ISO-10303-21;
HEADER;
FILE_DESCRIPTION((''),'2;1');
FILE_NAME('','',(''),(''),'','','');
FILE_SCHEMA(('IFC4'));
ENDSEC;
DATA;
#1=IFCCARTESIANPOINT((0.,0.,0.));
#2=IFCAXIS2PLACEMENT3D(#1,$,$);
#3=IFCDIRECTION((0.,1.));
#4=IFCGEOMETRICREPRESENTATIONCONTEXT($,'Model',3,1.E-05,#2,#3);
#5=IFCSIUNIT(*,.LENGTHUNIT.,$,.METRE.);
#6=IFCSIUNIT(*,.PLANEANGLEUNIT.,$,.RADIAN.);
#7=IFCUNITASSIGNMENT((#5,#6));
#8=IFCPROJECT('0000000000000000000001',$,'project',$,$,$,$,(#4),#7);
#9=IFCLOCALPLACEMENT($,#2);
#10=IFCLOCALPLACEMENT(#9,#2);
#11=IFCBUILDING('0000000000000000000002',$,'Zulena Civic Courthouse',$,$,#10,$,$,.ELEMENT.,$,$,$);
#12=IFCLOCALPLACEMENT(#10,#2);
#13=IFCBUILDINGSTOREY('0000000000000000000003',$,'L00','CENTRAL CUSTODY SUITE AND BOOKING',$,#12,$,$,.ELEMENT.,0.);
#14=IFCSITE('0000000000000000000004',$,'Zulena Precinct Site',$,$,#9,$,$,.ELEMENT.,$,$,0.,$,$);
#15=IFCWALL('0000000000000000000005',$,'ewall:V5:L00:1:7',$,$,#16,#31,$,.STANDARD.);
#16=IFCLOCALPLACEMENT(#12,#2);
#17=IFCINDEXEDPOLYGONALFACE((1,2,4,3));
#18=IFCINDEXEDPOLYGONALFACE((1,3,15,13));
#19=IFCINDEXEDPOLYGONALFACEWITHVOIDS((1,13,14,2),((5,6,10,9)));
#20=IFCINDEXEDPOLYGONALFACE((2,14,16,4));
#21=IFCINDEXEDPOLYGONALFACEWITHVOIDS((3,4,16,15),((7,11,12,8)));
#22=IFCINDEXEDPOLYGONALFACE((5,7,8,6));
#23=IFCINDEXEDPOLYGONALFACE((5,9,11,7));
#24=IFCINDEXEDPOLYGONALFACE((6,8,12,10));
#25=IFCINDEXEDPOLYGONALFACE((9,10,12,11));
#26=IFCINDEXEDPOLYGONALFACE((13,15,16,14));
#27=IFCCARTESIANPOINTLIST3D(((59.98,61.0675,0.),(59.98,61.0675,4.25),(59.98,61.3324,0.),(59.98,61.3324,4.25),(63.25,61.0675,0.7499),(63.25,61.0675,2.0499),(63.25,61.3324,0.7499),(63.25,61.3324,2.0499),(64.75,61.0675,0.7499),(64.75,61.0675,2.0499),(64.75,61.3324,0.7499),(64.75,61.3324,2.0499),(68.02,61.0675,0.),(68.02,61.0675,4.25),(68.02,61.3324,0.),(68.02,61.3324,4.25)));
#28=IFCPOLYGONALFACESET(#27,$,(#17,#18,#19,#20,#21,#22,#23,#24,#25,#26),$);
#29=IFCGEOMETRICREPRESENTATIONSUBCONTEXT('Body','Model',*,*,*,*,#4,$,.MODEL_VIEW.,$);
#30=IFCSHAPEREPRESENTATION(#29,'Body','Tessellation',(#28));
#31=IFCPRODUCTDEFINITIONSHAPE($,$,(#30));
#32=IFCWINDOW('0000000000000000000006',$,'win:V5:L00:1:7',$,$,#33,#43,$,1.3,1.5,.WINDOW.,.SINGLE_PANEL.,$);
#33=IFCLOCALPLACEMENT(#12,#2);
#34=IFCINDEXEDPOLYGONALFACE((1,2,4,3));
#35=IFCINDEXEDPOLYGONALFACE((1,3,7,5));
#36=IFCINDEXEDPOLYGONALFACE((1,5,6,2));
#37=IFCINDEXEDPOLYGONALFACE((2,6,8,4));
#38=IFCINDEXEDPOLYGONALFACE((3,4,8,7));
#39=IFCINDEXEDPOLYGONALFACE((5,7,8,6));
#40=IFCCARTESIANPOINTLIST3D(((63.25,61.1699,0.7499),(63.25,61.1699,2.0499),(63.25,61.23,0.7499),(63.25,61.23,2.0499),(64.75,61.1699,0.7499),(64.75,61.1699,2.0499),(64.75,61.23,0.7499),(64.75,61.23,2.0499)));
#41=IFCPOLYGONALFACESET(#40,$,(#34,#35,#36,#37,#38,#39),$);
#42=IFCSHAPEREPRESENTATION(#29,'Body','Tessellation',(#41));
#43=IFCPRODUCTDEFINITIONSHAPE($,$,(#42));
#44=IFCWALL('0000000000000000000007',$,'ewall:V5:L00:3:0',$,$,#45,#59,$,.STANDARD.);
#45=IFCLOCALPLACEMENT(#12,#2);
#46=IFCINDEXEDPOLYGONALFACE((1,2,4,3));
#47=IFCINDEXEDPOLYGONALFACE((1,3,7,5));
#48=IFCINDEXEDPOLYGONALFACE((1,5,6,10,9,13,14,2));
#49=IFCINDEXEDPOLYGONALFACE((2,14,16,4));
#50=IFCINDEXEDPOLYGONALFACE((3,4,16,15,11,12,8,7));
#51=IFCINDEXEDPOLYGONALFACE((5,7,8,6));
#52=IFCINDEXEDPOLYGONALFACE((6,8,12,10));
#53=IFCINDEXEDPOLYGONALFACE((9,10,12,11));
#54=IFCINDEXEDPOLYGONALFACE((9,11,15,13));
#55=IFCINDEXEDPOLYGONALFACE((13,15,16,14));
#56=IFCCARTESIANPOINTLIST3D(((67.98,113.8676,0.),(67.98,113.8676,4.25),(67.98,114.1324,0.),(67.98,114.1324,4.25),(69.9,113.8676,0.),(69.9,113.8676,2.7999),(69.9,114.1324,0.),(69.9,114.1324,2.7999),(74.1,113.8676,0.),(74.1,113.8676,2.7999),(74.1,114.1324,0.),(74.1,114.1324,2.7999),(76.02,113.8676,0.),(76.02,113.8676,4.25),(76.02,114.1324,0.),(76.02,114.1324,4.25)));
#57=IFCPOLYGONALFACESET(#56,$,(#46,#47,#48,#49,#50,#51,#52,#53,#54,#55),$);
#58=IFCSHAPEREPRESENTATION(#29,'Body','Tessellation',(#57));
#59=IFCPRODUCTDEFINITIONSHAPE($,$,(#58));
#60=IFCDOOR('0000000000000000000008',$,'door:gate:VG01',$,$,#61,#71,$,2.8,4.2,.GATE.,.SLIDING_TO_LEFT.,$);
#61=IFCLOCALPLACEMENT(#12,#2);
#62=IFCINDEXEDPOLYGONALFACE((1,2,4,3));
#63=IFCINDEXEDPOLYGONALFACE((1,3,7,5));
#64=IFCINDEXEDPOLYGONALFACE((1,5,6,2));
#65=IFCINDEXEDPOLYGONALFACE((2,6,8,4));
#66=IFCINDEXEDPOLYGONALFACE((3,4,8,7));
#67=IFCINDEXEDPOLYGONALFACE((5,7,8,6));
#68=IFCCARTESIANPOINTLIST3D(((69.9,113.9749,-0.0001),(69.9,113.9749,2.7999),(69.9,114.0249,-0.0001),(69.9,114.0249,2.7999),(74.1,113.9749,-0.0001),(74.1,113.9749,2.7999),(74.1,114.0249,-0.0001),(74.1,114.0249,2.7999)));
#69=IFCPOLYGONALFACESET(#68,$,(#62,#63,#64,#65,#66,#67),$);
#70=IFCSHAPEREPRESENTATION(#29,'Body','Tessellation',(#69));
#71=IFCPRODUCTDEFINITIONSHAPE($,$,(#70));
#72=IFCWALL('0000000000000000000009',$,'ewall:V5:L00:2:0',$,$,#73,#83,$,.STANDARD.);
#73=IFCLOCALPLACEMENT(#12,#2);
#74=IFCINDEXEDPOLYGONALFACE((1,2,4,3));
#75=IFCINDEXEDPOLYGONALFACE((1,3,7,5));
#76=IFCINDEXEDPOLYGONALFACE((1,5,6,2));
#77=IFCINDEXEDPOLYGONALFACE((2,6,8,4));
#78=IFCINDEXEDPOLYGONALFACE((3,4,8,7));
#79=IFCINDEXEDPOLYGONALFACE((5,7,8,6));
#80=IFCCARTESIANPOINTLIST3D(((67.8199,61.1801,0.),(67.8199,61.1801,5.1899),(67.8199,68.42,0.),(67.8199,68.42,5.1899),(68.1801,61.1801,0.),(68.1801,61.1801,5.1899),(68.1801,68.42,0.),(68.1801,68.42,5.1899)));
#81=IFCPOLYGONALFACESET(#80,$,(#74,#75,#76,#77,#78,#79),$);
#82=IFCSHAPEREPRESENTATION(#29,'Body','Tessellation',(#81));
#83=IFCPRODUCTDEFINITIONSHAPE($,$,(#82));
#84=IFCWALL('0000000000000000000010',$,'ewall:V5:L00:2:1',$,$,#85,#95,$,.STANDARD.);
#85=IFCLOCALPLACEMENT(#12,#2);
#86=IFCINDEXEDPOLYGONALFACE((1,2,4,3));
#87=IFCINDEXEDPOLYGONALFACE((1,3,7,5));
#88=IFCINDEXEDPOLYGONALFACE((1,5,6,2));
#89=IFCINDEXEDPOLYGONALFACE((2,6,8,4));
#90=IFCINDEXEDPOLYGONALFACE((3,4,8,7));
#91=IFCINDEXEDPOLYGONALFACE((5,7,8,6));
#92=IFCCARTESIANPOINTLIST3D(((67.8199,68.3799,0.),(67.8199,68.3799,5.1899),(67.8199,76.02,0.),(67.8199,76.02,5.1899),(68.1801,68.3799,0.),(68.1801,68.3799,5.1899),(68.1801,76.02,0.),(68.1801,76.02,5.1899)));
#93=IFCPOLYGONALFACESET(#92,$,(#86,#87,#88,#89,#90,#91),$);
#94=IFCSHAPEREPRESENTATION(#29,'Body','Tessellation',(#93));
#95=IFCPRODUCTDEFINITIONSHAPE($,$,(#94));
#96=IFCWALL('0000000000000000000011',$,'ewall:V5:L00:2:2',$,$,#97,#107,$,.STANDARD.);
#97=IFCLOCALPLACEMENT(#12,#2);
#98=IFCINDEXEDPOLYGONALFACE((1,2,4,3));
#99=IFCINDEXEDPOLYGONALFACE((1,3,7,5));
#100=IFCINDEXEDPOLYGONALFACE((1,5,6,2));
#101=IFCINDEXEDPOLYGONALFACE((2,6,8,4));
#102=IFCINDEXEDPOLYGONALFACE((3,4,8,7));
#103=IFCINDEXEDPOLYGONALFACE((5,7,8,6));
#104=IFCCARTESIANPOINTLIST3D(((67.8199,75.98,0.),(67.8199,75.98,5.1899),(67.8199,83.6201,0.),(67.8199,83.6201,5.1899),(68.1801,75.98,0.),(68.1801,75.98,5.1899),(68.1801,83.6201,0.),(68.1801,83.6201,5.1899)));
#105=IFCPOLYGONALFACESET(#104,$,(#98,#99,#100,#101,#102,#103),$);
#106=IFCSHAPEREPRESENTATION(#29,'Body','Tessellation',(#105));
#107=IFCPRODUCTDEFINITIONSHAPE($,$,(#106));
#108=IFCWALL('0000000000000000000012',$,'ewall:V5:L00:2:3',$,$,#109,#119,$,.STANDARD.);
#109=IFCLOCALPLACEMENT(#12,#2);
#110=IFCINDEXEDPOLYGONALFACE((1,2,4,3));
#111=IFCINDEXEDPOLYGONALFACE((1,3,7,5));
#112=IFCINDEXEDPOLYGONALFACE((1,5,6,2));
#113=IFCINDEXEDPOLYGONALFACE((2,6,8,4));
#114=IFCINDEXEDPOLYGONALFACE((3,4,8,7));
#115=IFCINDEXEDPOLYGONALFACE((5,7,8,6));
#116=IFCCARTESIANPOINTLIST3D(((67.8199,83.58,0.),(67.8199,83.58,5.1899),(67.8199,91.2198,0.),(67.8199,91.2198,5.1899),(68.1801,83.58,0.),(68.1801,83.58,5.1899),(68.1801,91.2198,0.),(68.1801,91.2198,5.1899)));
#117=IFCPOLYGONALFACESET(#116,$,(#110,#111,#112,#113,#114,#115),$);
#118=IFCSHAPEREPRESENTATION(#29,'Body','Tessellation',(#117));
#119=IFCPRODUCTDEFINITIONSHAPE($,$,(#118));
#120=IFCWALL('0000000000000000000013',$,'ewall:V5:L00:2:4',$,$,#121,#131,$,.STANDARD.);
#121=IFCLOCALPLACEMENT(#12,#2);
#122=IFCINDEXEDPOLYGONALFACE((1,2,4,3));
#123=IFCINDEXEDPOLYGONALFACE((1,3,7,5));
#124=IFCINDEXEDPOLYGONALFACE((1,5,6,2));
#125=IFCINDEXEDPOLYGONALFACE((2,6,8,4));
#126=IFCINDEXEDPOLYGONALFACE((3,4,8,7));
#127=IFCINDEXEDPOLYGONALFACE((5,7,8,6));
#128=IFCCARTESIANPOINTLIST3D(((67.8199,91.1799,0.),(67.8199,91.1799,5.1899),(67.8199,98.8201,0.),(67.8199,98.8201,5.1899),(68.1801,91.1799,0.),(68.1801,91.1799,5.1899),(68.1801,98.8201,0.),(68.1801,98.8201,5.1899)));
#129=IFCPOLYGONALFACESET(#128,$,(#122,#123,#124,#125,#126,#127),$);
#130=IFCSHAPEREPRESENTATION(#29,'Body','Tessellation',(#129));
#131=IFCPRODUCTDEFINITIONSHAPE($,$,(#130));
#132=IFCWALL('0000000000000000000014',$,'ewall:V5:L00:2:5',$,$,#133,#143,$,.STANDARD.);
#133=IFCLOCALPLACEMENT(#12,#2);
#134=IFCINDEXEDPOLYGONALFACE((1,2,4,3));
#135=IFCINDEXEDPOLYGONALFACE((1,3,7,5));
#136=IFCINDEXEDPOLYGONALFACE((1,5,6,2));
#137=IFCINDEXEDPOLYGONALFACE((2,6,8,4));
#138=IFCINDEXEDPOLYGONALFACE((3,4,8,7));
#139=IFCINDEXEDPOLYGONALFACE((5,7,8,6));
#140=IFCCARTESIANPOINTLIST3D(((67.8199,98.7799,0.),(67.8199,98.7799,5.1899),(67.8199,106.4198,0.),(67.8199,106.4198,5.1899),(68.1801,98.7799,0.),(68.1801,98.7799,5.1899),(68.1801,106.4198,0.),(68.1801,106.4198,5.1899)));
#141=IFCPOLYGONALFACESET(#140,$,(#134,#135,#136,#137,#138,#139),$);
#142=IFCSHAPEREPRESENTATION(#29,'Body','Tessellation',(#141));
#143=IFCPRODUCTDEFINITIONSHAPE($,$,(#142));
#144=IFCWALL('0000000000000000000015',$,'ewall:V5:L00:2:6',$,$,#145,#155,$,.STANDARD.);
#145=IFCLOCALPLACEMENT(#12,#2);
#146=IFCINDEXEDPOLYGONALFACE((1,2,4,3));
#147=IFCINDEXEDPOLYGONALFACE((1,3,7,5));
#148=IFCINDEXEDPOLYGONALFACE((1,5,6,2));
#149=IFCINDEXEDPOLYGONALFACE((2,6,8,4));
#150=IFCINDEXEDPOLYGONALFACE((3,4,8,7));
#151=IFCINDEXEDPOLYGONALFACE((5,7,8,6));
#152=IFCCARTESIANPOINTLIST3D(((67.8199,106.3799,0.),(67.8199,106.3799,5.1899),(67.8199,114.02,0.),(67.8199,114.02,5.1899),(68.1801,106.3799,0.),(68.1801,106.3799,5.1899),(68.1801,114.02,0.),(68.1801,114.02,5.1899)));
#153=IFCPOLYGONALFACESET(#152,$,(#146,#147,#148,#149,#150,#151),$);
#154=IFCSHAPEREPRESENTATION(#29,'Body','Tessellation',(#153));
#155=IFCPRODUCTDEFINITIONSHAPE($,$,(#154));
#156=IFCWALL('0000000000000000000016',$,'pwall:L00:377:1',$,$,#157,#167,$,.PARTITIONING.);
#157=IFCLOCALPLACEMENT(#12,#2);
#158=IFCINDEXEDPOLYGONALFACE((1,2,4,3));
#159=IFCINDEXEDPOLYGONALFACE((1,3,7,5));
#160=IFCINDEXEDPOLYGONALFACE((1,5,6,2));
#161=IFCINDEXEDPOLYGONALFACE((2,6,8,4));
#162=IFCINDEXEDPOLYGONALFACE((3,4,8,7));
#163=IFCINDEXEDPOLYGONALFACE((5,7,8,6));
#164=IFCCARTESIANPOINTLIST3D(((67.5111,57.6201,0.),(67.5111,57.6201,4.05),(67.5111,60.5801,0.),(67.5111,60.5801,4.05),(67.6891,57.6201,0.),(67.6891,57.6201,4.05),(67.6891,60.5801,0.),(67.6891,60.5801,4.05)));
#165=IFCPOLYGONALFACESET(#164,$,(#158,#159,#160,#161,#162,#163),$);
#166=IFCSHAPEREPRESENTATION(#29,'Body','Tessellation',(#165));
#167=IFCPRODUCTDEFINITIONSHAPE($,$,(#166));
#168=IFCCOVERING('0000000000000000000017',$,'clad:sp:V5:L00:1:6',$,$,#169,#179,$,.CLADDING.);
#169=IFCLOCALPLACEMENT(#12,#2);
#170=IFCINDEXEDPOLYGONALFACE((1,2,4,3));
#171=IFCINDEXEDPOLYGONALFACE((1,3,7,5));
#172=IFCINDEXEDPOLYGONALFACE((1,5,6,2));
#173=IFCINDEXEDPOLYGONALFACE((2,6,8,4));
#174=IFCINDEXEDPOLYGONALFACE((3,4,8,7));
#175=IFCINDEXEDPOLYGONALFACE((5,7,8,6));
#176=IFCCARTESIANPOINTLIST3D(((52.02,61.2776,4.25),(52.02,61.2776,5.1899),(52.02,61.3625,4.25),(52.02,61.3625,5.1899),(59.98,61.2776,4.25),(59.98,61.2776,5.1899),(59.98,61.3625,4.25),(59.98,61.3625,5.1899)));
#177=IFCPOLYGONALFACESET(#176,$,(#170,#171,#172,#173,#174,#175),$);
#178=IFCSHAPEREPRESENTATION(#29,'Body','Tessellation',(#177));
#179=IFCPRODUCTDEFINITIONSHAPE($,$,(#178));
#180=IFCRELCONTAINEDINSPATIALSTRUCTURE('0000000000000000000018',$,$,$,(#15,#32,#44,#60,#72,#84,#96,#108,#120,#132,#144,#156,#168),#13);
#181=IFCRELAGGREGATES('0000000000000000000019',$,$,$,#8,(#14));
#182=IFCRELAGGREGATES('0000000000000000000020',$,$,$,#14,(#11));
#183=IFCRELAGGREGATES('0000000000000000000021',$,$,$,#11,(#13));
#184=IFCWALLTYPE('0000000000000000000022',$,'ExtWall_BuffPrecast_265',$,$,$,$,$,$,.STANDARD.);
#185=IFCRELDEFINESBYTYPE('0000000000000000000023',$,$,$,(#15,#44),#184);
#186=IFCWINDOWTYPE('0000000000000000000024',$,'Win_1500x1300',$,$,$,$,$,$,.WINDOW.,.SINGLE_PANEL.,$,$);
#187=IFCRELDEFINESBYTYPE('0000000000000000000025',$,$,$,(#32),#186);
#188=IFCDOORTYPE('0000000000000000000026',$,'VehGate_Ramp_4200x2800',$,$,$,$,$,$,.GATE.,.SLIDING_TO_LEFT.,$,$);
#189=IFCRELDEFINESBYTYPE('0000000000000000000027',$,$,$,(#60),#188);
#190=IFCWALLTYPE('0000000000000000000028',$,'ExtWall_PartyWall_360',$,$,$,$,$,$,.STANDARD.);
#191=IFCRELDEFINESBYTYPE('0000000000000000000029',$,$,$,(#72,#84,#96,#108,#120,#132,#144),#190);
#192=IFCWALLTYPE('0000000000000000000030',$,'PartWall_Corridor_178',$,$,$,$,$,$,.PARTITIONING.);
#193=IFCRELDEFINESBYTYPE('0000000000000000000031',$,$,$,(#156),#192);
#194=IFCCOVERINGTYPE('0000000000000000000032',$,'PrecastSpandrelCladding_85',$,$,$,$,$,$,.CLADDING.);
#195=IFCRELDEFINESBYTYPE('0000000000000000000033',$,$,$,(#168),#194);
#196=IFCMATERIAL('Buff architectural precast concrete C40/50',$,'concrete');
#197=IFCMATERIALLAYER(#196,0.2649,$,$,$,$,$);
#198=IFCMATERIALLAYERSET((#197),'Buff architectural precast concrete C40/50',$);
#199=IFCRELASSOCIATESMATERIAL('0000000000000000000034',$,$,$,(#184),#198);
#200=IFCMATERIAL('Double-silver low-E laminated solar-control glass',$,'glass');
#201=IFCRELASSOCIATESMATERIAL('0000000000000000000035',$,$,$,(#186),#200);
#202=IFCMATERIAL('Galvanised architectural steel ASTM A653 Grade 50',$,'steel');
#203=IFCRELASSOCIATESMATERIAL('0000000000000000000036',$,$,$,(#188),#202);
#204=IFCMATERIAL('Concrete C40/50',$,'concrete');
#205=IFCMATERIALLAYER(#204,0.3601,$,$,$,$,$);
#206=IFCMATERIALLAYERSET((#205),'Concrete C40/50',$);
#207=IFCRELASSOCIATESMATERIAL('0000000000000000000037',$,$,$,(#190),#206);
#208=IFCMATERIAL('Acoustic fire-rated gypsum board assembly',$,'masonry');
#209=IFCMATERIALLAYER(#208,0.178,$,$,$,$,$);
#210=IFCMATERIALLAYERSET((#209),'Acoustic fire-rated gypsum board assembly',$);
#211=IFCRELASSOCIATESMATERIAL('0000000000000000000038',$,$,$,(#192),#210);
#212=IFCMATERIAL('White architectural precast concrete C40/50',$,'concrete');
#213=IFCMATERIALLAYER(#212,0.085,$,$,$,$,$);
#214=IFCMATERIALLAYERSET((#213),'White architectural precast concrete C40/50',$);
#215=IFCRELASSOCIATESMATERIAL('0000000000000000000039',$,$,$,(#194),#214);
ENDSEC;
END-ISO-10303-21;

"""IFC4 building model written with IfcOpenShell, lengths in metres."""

from ifc_helpers import new_model, si_unit, direction, frame, frame_2d, origin, origin_2d, place, context, subcontext, project, spatial, rectangle, extrude, material, layer, layer_set, type_object, element, fill, save


model = new_model("IFC4")

# Units and contexts
model_context = context("Model", 3, precision=1e-05, world=origin(), true_north=direction((0.0, 1.0)))
body_context = subcontext(model_context, "Body", "Model", "MODEL_VIEW")
ifc_project = project(units=[si_unit("LENGTHUNIT", "METRE"), si_unit("PLANEANGLEUNIT", "RADIAN")], contexts=[model_context])

# Site, building, storey
site_placement = place(None, origin())
site = spatial("IfcSite", under=ifc_project, at=site_placement, Name="Zulena Precinct Site", CompositionType="ELEMENT", RefElevation=0.0)
building_placement = place(site_placement, origin())
building = spatial("IfcBuilding", under=site, at=building_placement, Name="Zulena Civic Courthouse", CompositionType="ELEMENT")
storey_placement = place(building_placement, origin())
storey = spatial("IfcBuildingStorey", under=building, at=storey_placement, Name="L00", Description="CENTRAL CUSTODY SUITE AND BOOKING", CompositionType="ELEMENT", Elevation=0.0)

# Wall, opening, window
ifc_material_1 = material(Name="Buff architectural precast concrete C40/50", Category="concrete")
ifc_layer_1 = layer(ifc_material_1, 0.2649)
ifc_layer_set_1 = layer_set([ifc_layer_1], Name="Buff architectural precast concrete C40/50")
wall_type_1 = type_object("IfcWallType", Name="ExtWall_BuffPrecast_265", PredefinedType="STANDARD", material=ifc_layer_set_1)
wall_1_placement = place(storey_placement, frame((59.98, 61.2, 0.0), z_axis=(0.0, 0.0, 1.0), x_axis=(1.0, 0.0, 0.0)))
wall_1 = element("IfcWall", 1, at=wall_1_placement, inside=storey, type_object=wall_type_1, Name="ewall:V5:L00:1:7", PredefinedType="STANDARD", context=body_context, shape_type="SweptSolid", body=[
    extrude(rectangle(XDim=8.04, YDim=0.2649, at=frame_2d((4.02, 0.0))), origin(), (0.0, 0.0, 1.0), 4.25),
])
opening_1_placement = place(wall_1_placement, frame((3.27, 0.0, 0.75)))
opening_1 = element("IfcOpeningElement", 2, at=opening_1_placement, cuts=wall_1, PredefinedType="OPENING", context=body_context, shape_type="SweptSolid", body=[
    extrude(rectangle(XDim=1.5, YDim=1.3, at=frame_2d((0.75, 0.6499))), frame((0.0, 0.1423, 0.0), z_axis=(0.0, -1.0, 0.0), x_axis=(1.0, 0.0, 0.0)), (0.0, 0.0, 1.0), 0.2849),
])
ifc_material_2 = material(Name="Double-silver low-E laminated solar-control glass", Category="glass")
window_type = type_object("IfcWindowType", Name="Win_1500x1300", PartitioningType="SINGLE_PANEL", PredefinedType="WINDOW", material=ifc_material_2)
window_placement = place(opening_1_placement, origin())
window = element("IfcWindow", 3, at=window_placement, inside=storey, type_object=window_type, Name="win:V5:L00:1:7", OverallHeight=1.3, OverallWidth=1.5, PartitioningType="SINGLE_PANEL", PredefinedType="WINDOW", context=body_context, shape_type="SweptSolid", body=[
    extrude(rectangle(XDim=1.5, YDim=1.3, at=frame_2d((0.75, 0.6499))), frame((0.0, 0.03, 0.0), z_axis=(0.0, -1.0, 0.0), x_axis=(1.0, 0.0, 0.0)), (0.0, 0.0, 1.0), 0.0601),
])
fill(opening_1, window)

# Wall, opening, door
wall_2_placement = place(storey_placement, frame((67.98, 114.0, 0.0), z_axis=(0.0, 0.0, 1.0), x_axis=(1.0, 0.0, 0.0)))
wall_2 = element("IfcWall", 4, at=wall_2_placement, inside=storey, type_object=wall_type_1, Name="ewall:V5:L00:3:0", PredefinedType="STANDARD", context=body_context, shape_type="SweptSolid", body=[
    extrude(rectangle(XDim=8.04, YDim=0.2649, at=frame_2d((4.02, 0.0))), origin(), (0.0, 0.0, 1.0), 4.25),
])
opening_2_placement = place(wall_2_placement, frame((1.9199, 0.0, 0.0)))
opening_2 = element("IfcOpeningElement", 5, at=opening_2_placement, cuts=wall_2, PredefinedType="OPENING", context=body_context, shape_type="SweptSolid", body=[
    extrude(rectangle(XDim=4.2, YDim=2.8, at=frame_2d((2.1001, 1.3999))), frame((0.0, 0.1423, 0.0), z_axis=(0.0, -1.0, 0.0), x_axis=(1.0, 0.0, 0.0)), (0.0, 0.0, 1.0), 0.2849),
])
ifc_material_3 = material(Name="Galvanised architectural steel ASTM A653 Grade 50", Category="steel")
door_type = type_object("IfcDoorType", Name="VehGate_Ramp_4200x2800", OperationType="SLIDING_TO_LEFT", PredefinedType="GATE", material=ifc_material_3)
door_placement = place(opening_2_placement, origin())
door = element("IfcDoor", 6, at=door_placement, inside=storey, type_object=door_type, Name="door:gate:VG01", OperationType="SLIDING_TO_LEFT", OverallHeight=2.8, OverallWidth=4.2, PredefinedType="GATE", context=body_context, shape_type="SweptSolid", body=[
    extrude(rectangle(XDim=4.2, YDim=2.8, at=frame_2d((2.1001, 1.3999))), frame((0.0, 0.0249, 0.0), z_axis=(0.0, -1.0, 0.0), x_axis=(1.0, 0.0, 0.0)), (0.0, 0.0, 1.0), 0.05),
])
fill(opening_2, door)

# Walls
ifc_material_4 = material(Name="Concrete C40/50", Category="concrete")
ifc_layer_2 = layer(ifc_material_4, 0.3601)
ifc_layer_set_2 = layer_set([ifc_layer_2], Name="Concrete C40/50")
wall_type_2 = type_object("IfcWallType", Name="ExtWall_PartyWall_360", PredefinedType="STANDARD", material=ifc_layer_set_2)
wall_3_placement = place(storey_placement, frame((68.0, 61.1799, 0.0), z_axis=(0.0, 0.0, 1.0), x_axis=(0.0, 1.0, 0.0)))
element("IfcWall", 7, at=wall_3_placement, inside=storey, type_object=wall_type_2, Name="ewall:V5:L00:2:0", PredefinedType="STANDARD", context=body_context, shape_type="SweptSolid", body=[
    extrude(rectangle(XDim=7.24, YDim=0.3601, at=frame_2d((3.6201, 0.0))), origin(), (0.0, 0.0, 1.0), 5.1899),
])
for number, where, z_axis, x_axis, name in (
    (8, (68.0, 68.3799, 0.0), (0.0, 0.0, 1.0), (0.0, 1.0, 0.0), "ewall:V5:L00:2:1"),
    (9, (68.0, 75.98, 0.0), (0.0, 0.0, 1.0), (0.0, 1.0, 0.0), "ewall:V5:L00:2:2"),
):
    element("IfcWall", number, at=place(storey_placement, frame(where, z_axis=z_axis, x_axis=x_axis)), inside=storey, type_object=wall_type_2, Name=name, PredefinedType="STANDARD", context=body_context, shape_type="SweptSolid", body=[
        extrude(rectangle(XDim=7.6401, YDim=0.3601, at=frame_2d((3.8201, 0.0))), origin(), (0.0, 0.0, 1.0), 5.1899),
    ])
wall_4_placement = place(storey_placement, frame((68.0, 83.5801, 0.0), z_axis=(0.0, 0.0, 1.0), x_axis=(0.0, 1.0, 0.0)))
element("IfcWall", 10, at=wall_4_placement, inside=storey, type_object=wall_type_2, Name="ewall:V5:L00:2:3", PredefinedType="STANDARD", context=body_context, shape_type="SweptSolid", body=[
    extrude(rectangle(XDim=7.6399, YDim=0.3601, at=frame_2d((3.8198, 0.0))), origin(), (0.0, 0.0, 1.0), 5.1899),
])
wall_5_placement = place(storey_placement, frame((68.0, 91.1799, 0.0), z_axis=(0.0, 0.0, 1.0), x_axis=(0.0, 1.0, 0.0)))
element("IfcWall", 11, at=wall_5_placement, inside=storey, type_object=wall_type_2, Name="ewall:V5:L00:2:4", PredefinedType="STANDARD", context=body_context, shape_type="SweptSolid", body=[
    extrude(rectangle(XDim=7.6401, YDim=0.3601, at=frame_2d((3.8201, 0.0))), origin(), (0.0, 0.0, 1.0), 5.1899),
])
wall_6_placement = place(storey_placement, frame((68.0, 98.78, 0.0), z_axis=(0.0, 0.0, 1.0), x_axis=(0.0, 1.0, 0.0)))
element("IfcWall", 12, at=wall_6_placement, inside=storey, type_object=wall_type_2, Name="ewall:V5:L00:2:5", PredefinedType="STANDARD", context=body_context, shape_type="SweptSolid", body=[
    extrude(rectangle(XDim=7.6399, YDim=0.3601, at=frame_2d((3.8198, 0.0))), origin(), (0.0, 0.0, 1.0), 5.1899),
])
wall_7_placement = place(storey_placement, frame((68.0, 106.3799, 0.0), z_axis=(0.0, 0.0, 1.0), x_axis=(0.0, 1.0, 0.0)))
element("IfcWall", 13, at=wall_7_placement, inside=storey, type_object=wall_type_2, Name="ewall:V5:L00:2:6", PredefinedType="STANDARD", context=body_context, shape_type="SweptSolid", body=[
    extrude(rectangle(XDim=7.6401, YDim=0.3601, at=frame_2d((3.8201, 0.0))), origin(), (0.0, 0.0, 1.0), 5.1899),
])
ifc_material_5 = material(Name="Acoustic fire-rated gypsum board assembly", Category="masonry")
ifc_layer_3 = layer(ifc_material_5, 0.178)
ifc_layer_set_3 = layer_set([ifc_layer_3], Name="Acoustic fire-rated gypsum board assembly")
wall_type_3 = type_object("IfcWallType", Name="PartWall_Corridor_178", PredefinedType="PARTITIONING", material=ifc_layer_set_3)
wall_8_placement = place(storey_placement, frame((67.6001, 57.6201, 0.0), z_axis=(0.0, 0.0, 1.0), x_axis=(0.0, 1.0, 0.0)))
element("IfcWall", 14, at=wall_8_placement, inside=storey, type_object=wall_type_3, Name="pwall:L00:377:1", PredefinedType="PARTITIONING", context=body_context, shape_type="SweptSolid", body=[
    extrude(rectangle(XDim=2.96, YDim=0.178, at=frame_2d((1.48, 0.0))), origin(), (0.0, 0.0, 1.0), 4.05),
])

# Covering
ifc_material_6 = material(Name="White architectural precast concrete C40/50", Category="concrete")
ifc_layer_4 = layer(ifc_material_6, 0.085)
ifc_layer_set_4 = layer_set([ifc_layer_4], Name="White architectural precast concrete C40/50")
covering_type = type_object("IfcCoveringType", Name="PrecastSpandrelCladding_85", PredefinedType="CLADDING", material=ifc_layer_set_4)
for number, where, z_axis, x_axis, name in (
    (15, (56.0, 61.3201, 4.25), (0.0, 0.0, 1.0), (1.0, 0.0, 0.0), "clad:sp:V5:L00:1:6"),
):
    element("IfcCovering", number, at=place(storey_placement, frame(where, z_axis=z_axis, x_axis=x_axis)), inside=storey, type_object=covering_type, Name=name, PredefinedType="CLADDING", context=body_context, shape_type="SweptSolid", body=[
        extrude(rectangle(XDim=7.96, YDim=0.085, at=origin_2d()), origin(), (0.0, 0.0, 1.0), 0.9399),
    ])

save(model, "model.ifc")
